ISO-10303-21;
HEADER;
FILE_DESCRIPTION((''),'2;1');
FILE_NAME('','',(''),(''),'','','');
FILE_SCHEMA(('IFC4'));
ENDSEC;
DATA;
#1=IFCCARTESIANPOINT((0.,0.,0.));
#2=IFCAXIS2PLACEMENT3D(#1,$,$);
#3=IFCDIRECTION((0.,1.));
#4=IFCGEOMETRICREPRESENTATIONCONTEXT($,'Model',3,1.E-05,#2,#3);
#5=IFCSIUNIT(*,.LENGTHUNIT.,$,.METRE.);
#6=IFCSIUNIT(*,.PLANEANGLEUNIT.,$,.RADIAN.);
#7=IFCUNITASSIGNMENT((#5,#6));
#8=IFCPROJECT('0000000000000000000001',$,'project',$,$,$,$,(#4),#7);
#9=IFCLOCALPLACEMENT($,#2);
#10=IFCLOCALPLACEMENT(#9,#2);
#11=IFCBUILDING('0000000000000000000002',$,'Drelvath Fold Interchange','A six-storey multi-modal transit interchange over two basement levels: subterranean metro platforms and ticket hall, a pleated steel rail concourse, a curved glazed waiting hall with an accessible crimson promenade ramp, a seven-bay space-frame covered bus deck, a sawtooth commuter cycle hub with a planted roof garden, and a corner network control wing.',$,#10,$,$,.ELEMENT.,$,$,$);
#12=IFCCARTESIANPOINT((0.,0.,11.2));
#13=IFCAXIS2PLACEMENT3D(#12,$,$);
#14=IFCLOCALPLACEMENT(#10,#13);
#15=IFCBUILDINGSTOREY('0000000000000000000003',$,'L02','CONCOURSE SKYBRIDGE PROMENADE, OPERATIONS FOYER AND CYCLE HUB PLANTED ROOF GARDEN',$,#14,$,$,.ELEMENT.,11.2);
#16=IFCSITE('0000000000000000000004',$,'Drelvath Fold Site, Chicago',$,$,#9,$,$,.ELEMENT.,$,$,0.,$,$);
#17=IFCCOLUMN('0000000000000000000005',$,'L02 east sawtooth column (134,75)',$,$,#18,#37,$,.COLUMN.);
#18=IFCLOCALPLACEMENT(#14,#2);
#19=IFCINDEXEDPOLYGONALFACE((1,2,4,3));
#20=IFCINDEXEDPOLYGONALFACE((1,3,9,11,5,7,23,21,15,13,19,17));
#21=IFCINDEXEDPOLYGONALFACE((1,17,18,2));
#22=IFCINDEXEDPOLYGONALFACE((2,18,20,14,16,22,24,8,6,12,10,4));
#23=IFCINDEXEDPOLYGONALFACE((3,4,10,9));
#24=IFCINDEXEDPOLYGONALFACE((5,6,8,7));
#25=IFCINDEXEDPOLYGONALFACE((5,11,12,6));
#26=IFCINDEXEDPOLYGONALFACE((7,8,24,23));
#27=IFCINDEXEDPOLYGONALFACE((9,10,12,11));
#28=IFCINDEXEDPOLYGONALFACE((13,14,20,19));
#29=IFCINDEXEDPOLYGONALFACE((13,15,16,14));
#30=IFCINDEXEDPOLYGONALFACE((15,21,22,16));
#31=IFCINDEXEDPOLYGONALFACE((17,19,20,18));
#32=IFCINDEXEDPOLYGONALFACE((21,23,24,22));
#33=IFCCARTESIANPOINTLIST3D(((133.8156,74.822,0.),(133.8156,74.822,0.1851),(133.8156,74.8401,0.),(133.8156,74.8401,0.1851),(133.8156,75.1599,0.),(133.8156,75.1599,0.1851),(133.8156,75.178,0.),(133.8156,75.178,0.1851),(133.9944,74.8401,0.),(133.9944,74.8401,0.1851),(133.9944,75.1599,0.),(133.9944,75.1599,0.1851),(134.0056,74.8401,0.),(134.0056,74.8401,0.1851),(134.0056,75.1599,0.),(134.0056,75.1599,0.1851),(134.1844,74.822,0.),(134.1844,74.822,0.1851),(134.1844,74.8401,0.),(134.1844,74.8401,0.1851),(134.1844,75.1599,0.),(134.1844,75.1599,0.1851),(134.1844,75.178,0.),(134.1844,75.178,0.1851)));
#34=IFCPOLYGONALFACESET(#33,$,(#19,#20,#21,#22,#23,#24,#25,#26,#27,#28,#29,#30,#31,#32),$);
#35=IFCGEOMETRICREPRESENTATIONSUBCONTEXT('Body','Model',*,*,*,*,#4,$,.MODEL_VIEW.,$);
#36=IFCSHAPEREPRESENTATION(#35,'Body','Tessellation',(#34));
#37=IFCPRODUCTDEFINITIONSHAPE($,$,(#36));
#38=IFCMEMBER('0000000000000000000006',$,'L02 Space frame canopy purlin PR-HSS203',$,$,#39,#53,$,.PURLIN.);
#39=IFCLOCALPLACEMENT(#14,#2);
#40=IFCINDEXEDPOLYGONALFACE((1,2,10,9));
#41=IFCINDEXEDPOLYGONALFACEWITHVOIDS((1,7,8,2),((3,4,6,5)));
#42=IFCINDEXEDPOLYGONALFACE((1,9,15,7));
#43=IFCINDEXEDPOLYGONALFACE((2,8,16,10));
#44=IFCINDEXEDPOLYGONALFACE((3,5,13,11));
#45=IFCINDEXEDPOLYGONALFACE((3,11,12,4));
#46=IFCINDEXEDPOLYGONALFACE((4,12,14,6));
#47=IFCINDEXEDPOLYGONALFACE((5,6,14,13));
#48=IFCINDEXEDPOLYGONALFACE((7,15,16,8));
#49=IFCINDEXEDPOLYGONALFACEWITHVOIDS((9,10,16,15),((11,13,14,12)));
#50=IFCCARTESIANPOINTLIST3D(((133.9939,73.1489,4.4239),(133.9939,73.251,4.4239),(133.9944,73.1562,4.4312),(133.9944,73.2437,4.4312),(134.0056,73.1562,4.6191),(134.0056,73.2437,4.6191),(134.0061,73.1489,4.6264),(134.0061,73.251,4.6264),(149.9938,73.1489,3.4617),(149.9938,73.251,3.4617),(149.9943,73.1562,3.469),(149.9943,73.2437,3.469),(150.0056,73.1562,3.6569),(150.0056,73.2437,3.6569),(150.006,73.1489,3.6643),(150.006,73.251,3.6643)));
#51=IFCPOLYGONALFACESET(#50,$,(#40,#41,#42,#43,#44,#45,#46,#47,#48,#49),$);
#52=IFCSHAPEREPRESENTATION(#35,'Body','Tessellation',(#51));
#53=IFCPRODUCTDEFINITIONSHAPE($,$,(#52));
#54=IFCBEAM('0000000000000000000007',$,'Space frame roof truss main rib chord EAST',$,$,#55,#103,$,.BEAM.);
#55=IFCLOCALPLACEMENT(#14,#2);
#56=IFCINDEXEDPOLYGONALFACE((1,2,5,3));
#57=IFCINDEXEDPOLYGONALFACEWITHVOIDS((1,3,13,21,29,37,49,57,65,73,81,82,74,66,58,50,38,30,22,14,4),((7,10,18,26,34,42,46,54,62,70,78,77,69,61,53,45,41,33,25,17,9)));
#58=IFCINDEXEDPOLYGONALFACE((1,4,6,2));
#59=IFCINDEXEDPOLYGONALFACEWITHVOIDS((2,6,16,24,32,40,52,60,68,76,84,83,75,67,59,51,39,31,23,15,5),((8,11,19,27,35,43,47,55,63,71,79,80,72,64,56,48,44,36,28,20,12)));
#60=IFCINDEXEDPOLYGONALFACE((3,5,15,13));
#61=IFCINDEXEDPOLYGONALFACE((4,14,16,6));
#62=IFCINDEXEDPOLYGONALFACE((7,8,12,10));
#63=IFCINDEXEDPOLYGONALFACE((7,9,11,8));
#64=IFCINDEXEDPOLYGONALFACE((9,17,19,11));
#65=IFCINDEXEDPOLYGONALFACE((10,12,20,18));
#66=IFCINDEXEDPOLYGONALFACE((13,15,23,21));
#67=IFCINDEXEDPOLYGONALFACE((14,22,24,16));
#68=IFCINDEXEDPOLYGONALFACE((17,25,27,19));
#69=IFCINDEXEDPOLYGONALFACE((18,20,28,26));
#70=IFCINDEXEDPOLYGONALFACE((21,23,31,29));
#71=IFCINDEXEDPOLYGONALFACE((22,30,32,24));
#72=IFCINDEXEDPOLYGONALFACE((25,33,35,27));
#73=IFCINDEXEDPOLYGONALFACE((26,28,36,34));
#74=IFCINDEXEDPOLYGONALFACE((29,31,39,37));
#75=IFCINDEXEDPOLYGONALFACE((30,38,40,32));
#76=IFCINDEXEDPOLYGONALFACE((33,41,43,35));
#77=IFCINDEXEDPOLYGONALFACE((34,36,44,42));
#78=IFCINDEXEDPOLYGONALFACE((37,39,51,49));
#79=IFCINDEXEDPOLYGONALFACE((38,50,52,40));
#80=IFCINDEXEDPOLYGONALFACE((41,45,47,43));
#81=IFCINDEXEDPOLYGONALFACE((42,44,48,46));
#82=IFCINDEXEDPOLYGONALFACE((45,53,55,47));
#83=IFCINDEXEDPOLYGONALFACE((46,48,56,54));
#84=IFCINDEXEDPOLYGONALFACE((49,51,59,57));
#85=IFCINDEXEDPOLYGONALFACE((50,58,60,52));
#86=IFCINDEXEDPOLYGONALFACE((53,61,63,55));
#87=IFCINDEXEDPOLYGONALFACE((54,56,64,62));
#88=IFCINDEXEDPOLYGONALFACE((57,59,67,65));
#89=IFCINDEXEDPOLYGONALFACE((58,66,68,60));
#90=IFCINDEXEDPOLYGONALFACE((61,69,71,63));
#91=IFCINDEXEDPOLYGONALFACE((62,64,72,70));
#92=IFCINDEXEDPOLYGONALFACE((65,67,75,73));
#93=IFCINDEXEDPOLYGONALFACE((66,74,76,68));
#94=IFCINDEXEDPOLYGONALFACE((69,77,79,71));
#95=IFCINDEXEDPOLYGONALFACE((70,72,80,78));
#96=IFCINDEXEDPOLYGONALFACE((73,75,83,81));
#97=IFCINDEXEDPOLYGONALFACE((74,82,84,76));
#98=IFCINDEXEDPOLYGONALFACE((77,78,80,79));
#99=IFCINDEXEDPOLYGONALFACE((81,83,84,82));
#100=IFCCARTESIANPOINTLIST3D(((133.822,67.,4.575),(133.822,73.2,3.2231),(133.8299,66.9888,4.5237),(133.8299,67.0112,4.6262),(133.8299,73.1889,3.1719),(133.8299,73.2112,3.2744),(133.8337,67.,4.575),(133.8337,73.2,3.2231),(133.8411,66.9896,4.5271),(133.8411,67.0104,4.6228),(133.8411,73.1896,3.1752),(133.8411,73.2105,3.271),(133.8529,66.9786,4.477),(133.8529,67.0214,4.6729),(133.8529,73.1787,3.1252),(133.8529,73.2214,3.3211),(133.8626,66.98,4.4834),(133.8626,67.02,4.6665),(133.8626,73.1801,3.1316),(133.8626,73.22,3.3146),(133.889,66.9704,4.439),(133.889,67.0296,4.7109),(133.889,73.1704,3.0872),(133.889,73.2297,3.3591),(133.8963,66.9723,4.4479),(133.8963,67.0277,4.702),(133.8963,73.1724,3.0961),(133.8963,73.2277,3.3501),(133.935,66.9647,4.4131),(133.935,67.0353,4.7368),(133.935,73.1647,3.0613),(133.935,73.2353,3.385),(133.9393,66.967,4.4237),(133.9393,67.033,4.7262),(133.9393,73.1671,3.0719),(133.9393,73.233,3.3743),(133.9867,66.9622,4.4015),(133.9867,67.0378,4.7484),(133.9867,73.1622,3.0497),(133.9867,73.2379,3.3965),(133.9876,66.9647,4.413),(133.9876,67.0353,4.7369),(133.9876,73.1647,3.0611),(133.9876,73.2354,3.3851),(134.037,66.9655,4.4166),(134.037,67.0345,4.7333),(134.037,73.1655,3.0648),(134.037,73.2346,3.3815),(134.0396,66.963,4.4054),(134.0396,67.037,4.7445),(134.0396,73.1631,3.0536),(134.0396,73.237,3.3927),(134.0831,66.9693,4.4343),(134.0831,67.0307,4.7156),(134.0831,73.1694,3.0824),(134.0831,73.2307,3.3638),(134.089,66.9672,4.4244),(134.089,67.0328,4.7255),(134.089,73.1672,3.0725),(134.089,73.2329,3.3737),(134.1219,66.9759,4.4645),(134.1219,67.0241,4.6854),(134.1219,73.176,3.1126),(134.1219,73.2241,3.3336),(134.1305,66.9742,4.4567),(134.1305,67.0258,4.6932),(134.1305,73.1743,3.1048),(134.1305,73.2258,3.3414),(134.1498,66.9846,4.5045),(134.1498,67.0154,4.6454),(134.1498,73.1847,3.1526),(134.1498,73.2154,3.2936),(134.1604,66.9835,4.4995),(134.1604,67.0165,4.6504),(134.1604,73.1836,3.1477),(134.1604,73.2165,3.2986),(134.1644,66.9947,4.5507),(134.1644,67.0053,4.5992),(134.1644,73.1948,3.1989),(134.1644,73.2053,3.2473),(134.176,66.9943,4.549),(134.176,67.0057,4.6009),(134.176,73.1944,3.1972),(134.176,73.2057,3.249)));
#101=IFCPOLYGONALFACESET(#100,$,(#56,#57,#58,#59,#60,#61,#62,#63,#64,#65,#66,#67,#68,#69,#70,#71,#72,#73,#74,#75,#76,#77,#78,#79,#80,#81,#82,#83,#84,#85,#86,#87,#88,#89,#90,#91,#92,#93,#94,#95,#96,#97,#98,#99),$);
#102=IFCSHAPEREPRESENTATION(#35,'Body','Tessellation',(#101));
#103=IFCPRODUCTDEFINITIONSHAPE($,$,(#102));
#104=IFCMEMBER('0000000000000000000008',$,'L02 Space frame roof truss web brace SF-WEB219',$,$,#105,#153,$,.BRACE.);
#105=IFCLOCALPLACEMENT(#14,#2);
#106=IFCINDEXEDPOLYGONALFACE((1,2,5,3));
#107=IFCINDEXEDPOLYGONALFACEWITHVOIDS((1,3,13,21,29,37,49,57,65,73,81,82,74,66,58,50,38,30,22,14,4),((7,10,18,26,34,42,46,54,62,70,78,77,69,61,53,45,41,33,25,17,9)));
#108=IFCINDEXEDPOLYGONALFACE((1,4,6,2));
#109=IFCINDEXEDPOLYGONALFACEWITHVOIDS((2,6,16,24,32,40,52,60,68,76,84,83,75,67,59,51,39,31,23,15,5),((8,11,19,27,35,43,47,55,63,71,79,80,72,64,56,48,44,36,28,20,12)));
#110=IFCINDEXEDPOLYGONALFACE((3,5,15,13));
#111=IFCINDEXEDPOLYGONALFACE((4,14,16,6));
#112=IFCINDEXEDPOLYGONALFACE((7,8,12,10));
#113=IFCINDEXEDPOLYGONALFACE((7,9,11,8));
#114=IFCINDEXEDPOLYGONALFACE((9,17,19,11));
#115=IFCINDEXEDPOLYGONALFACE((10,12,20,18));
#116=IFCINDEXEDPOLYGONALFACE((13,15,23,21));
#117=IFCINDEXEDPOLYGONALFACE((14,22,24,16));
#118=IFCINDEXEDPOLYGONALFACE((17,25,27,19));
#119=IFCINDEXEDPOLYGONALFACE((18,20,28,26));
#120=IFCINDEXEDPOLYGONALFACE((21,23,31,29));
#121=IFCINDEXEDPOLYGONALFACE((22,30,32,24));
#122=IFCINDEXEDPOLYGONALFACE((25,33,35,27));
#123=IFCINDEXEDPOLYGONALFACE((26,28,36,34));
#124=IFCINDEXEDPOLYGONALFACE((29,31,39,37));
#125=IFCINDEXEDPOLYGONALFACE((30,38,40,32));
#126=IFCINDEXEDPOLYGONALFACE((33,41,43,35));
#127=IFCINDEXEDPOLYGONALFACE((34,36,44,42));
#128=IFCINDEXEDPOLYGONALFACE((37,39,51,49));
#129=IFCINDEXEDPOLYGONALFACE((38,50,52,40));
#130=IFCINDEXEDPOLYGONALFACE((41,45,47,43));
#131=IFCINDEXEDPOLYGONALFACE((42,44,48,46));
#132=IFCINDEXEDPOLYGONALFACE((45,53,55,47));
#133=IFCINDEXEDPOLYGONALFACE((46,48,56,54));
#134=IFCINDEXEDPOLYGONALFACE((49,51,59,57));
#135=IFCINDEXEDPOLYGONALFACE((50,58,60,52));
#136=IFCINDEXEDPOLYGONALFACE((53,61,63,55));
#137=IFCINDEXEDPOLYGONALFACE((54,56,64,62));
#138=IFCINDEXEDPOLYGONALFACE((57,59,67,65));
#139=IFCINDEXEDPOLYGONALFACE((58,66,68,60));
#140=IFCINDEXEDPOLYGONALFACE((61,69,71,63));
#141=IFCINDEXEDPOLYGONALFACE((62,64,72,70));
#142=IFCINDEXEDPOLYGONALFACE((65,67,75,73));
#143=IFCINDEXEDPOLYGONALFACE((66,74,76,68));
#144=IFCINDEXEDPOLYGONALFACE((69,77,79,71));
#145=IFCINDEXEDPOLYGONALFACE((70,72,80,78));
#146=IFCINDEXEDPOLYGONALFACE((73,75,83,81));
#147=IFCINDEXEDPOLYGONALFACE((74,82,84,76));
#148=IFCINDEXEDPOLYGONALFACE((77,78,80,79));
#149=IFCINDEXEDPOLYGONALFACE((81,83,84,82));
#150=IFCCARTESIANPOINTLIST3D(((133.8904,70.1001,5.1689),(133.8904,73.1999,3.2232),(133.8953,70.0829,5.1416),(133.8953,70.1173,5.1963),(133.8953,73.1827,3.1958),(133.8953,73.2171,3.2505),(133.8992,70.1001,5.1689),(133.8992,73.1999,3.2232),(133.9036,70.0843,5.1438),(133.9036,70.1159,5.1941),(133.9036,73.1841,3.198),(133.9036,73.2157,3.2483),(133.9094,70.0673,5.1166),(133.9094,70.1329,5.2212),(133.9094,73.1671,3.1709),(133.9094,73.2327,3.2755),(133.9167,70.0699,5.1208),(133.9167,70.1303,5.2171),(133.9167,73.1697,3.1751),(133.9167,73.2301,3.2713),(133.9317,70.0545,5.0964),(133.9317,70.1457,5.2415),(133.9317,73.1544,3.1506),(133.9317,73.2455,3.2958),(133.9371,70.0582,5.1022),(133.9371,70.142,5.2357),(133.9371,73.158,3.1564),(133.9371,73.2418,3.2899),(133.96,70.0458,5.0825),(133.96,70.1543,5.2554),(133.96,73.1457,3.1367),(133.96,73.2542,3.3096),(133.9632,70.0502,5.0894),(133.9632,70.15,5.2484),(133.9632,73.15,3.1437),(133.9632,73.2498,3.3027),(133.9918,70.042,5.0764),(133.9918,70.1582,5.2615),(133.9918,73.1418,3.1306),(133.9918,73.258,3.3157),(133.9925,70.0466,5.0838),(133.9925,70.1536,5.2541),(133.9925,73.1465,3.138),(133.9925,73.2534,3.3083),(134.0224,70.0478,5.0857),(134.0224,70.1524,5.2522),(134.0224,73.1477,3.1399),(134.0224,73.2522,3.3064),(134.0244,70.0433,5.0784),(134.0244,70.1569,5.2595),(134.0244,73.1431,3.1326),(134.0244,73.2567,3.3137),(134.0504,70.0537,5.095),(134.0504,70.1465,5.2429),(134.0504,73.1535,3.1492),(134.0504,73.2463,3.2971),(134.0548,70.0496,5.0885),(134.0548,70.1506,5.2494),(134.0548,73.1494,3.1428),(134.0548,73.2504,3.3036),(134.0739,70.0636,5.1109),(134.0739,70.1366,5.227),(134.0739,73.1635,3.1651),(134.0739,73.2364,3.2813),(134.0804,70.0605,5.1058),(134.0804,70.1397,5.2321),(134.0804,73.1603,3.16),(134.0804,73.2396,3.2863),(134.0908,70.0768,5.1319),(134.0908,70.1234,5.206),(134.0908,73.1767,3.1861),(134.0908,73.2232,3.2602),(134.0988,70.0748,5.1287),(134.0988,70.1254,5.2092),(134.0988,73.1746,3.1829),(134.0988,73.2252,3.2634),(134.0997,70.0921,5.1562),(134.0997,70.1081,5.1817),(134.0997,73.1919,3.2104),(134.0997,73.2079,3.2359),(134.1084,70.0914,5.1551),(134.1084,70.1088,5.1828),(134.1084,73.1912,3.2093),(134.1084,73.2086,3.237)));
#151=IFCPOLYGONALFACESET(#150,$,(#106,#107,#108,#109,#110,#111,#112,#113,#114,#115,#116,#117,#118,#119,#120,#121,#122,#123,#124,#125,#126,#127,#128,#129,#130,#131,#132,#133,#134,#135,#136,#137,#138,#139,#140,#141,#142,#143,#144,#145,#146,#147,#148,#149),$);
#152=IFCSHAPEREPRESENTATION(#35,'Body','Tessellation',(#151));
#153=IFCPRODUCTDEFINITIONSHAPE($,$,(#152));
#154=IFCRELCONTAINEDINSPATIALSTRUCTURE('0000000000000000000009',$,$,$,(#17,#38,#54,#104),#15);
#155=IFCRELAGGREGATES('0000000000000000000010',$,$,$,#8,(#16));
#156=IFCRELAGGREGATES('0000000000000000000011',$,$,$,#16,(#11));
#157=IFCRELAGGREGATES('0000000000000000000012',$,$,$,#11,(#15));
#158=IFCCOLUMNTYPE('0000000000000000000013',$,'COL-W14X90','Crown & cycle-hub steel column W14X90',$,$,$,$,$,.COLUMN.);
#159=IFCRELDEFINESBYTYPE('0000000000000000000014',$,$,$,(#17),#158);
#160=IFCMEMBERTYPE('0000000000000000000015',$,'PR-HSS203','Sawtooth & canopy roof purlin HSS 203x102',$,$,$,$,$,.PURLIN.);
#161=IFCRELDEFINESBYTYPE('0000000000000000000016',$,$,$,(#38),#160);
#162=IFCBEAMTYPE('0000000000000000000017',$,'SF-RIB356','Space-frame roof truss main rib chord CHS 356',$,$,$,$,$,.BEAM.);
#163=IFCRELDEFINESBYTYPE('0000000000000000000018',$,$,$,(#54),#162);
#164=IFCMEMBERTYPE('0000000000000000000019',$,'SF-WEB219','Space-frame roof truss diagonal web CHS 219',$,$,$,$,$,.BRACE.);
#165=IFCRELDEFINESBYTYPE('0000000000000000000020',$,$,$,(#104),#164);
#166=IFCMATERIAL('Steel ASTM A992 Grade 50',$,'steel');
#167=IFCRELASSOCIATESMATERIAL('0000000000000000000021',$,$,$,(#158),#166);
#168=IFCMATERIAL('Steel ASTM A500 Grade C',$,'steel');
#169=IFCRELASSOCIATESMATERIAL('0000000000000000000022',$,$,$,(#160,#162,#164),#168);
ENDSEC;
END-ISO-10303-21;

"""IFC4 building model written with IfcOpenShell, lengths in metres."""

from ifc_helpers import new_model, si_unit, direction, frame, origin, origin_2d, place, context, subcontext, project, spatial, hollow_rectangle, hollow_circle, i_section, extrude, material, material_profile, profile_set, type_object, element, save


model = new_model("IFC4")

# Units and contexts
model_context = context("Model", 3, precision=1e-05, world=origin(), true_north=direction((0.0, 1.0)))
body_context = subcontext(model_context, "Body", "Model", "MODEL_VIEW")
ifc_project = project(units=[si_unit("LENGTHUNIT", "METRE"), si_unit("PLANEANGLEUNIT", "RADIAN")], contexts=[model_context])

# Site, building, storey
site_placement = place(None, origin())
site = spatial("IfcSite", under=ifc_project, at=site_placement, Name="Drelvath Fold Site, Chicago", CompositionType="ELEMENT", RefElevation=0.0)
building_placement = place(site_placement, origin())
building = spatial("IfcBuilding", under=site, at=building_placement, Name="Drelvath Fold Interchange", Description="A six-storey multi-modal transit interchange over two basement levels: subterranean metro platforms and ticket hall, a pleated steel rail concourse, a curved glazed waiting hall with an accessible crimson promenade ramp, a seven-bay space-frame covered bus deck, a sawtooth commuter cycle hub with a planted roof garden, and a corner network control wing.", CompositionType="ELEMENT")
storey_placement = place(building_placement, frame((0.0, 0.0, 11.2)))
storey = spatial("IfcBuildingStorey", under=building, at=storey_placement, Name="L02", Description="CONCOURSE SKYBRIDGE PROMENADE, OPERATIONS FOYER AND CYCLE HUB PLANTED ROOF GARDEN", CompositionType="ELEMENT", Elevation=11.2)

# Column
ifc_material_1 = material(Name="Steel ASTM A992 Grade 50", Category="steel")
ifc_material_profile_1 = material_profile(ifc_material_1, i_section(OverallWidth=0.3689, OverallDepth=0.356, WebThickness=0.0112, FlangeThickness=0.0181, at=origin_2d()), Name="W14X90")
ifc_profile_set_1 = profile_set([ifc_material_profile_1], Name="Steel ASTM A992 Grade 50")
column_type = type_object("IfcColumnType", Name="COL-W14X90", Description="Crown & cycle-hub steel column W14X90", PredefinedType="COLUMN", material=ifc_profile_set_1)
column_placement = place(storey_placement, frame((134.0, 75.0, 0.0), z_axis=(0.0, 0.0, 1.0), x_axis=(1.0, 0.0, 0.0)))
element("IfcColumn", 1, at=column_placement, inside=storey, type_object=column_type, Name="L02 east sawtooth column (134,75)", PredefinedType="COLUMN", context=body_context, shape_type="SweptSolid", body=[
    extrude(i_section(OverallWidth=0.3689, OverallDepth=0.356, WebThickness=0.0112, FlangeThickness=0.0181, at=origin_2d()), origin(), (0.0, 0.0, 1.0), 0.1851),
])

# Member
ifc_material_2 = material(Name="Steel ASTM A500 Grade C", Category="steel")
ifc_material_profile_2 = material_profile(ifc_material_2, hollow_rectangle(XDim=0.1021, YDim=0.2029, WallThickness=0.0073, at=origin_2d()), Name="HSS8X4X5/16")
ifc_profile_set_2 = profile_set([ifc_material_profile_2], Name="Steel ASTM A500 Grade C")
member_type_1 = type_object("IfcMemberType", Name="PR-HSS203", Description="Sawtooth & canopy roof purlin HSS 203x102", PredefinedType="PURLIN", material=ifc_profile_set_2)
member_1_placement = place(storey_placement, frame((134.0, 73.2, 4.5251), z_axis=(0.998197, 0.0, -0.060026), x_axis=(0.0, 1.0, 0.0)))
element("IfcMember", 2, at=member_1_placement, inside=storey, type_object=member_type_1, Name="L02 Space frame canopy purlin PR-HSS203", PredefinedType="PURLIN", context=body_context, shape_type="SweptSolid", body=[
    extrude(hollow_rectangle(XDim=0.1021, YDim=0.2029, WallThickness=0.0073, at=origin_2d()), origin(), (0.0, 0.0, 1.0), 16.0288),
])

# Beam
ifc_material_profile_3 = material_profile(ifc_material_2, hollow_circle(Radius=0.178, WallThickness=0.0117, at=origin_2d()), Name="HSS14.000X0.500")
ifc_profile_set_3 = profile_set([ifc_material_profile_3], Name="Steel ASTM A500 Grade C")
beam_type = type_object("IfcBeamType", Name="SF-RIB356", Description="Space-frame roof truss main rib chord CHS 356", PredefinedType="BEAM", material=ifc_profile_set_3)
beam_placement = place(storey_placement, frame((134.0, 67.0, 4.575), z_axis=(0.0, 0.977046, -0.21303), x_axis=(-1.0, 0.0, 0.0)))
element("IfcBeam", 3, at=beam_placement, inside=storey, type_object=beam_type, Name="Space frame roof truss main rib chord EAST", PredefinedType="BEAM", context=body_context, shape_type="SweptSolid", body=[
    extrude(hollow_circle(Radius=0.178, WallThickness=0.0117, at=origin_2d()), origin(), (0.0, 0.0, 1.0), 6.3457),
])

# Member
ifc_material_profile_4 = material_profile(ifc_material_2, hollow_circle(Radius=0.1096, WallThickness=0.0088, at=origin_2d()), Name="HSS8.625X0.375")
ifc_profile_set_4 = profile_set([ifc_material_profile_4], Name="Steel ASTM A500 Grade C")
member_type_2 = type_object("IfcMemberType", Name="SF-WEB219", Description="Space-frame roof truss diagonal web CHS 219", PredefinedType="BRACE", material=ifc_profile_set_4)
member_2_placement = place(storey_placement, frame((134.0, 70.1001, 5.1689), z_axis=(0.0, 0.846966, -0.531647), x_axis=(-1.0, 0.0, 0.0)))
element("IfcMember", 4, at=member_2_placement, inside=storey, type_object=member_type_2, Name="L02 Space frame roof truss web brace SF-WEB219", PredefinedType="BRACE", context=body_context, shape_type="SweptSolid", body=[
    extrude(hollow_circle(Radius=0.1096, WallThickness=0.0088, at=origin_2d()), origin(), (0.0, 0.0, 1.0), 3.6599),
])

save(model, "model.ifc")
